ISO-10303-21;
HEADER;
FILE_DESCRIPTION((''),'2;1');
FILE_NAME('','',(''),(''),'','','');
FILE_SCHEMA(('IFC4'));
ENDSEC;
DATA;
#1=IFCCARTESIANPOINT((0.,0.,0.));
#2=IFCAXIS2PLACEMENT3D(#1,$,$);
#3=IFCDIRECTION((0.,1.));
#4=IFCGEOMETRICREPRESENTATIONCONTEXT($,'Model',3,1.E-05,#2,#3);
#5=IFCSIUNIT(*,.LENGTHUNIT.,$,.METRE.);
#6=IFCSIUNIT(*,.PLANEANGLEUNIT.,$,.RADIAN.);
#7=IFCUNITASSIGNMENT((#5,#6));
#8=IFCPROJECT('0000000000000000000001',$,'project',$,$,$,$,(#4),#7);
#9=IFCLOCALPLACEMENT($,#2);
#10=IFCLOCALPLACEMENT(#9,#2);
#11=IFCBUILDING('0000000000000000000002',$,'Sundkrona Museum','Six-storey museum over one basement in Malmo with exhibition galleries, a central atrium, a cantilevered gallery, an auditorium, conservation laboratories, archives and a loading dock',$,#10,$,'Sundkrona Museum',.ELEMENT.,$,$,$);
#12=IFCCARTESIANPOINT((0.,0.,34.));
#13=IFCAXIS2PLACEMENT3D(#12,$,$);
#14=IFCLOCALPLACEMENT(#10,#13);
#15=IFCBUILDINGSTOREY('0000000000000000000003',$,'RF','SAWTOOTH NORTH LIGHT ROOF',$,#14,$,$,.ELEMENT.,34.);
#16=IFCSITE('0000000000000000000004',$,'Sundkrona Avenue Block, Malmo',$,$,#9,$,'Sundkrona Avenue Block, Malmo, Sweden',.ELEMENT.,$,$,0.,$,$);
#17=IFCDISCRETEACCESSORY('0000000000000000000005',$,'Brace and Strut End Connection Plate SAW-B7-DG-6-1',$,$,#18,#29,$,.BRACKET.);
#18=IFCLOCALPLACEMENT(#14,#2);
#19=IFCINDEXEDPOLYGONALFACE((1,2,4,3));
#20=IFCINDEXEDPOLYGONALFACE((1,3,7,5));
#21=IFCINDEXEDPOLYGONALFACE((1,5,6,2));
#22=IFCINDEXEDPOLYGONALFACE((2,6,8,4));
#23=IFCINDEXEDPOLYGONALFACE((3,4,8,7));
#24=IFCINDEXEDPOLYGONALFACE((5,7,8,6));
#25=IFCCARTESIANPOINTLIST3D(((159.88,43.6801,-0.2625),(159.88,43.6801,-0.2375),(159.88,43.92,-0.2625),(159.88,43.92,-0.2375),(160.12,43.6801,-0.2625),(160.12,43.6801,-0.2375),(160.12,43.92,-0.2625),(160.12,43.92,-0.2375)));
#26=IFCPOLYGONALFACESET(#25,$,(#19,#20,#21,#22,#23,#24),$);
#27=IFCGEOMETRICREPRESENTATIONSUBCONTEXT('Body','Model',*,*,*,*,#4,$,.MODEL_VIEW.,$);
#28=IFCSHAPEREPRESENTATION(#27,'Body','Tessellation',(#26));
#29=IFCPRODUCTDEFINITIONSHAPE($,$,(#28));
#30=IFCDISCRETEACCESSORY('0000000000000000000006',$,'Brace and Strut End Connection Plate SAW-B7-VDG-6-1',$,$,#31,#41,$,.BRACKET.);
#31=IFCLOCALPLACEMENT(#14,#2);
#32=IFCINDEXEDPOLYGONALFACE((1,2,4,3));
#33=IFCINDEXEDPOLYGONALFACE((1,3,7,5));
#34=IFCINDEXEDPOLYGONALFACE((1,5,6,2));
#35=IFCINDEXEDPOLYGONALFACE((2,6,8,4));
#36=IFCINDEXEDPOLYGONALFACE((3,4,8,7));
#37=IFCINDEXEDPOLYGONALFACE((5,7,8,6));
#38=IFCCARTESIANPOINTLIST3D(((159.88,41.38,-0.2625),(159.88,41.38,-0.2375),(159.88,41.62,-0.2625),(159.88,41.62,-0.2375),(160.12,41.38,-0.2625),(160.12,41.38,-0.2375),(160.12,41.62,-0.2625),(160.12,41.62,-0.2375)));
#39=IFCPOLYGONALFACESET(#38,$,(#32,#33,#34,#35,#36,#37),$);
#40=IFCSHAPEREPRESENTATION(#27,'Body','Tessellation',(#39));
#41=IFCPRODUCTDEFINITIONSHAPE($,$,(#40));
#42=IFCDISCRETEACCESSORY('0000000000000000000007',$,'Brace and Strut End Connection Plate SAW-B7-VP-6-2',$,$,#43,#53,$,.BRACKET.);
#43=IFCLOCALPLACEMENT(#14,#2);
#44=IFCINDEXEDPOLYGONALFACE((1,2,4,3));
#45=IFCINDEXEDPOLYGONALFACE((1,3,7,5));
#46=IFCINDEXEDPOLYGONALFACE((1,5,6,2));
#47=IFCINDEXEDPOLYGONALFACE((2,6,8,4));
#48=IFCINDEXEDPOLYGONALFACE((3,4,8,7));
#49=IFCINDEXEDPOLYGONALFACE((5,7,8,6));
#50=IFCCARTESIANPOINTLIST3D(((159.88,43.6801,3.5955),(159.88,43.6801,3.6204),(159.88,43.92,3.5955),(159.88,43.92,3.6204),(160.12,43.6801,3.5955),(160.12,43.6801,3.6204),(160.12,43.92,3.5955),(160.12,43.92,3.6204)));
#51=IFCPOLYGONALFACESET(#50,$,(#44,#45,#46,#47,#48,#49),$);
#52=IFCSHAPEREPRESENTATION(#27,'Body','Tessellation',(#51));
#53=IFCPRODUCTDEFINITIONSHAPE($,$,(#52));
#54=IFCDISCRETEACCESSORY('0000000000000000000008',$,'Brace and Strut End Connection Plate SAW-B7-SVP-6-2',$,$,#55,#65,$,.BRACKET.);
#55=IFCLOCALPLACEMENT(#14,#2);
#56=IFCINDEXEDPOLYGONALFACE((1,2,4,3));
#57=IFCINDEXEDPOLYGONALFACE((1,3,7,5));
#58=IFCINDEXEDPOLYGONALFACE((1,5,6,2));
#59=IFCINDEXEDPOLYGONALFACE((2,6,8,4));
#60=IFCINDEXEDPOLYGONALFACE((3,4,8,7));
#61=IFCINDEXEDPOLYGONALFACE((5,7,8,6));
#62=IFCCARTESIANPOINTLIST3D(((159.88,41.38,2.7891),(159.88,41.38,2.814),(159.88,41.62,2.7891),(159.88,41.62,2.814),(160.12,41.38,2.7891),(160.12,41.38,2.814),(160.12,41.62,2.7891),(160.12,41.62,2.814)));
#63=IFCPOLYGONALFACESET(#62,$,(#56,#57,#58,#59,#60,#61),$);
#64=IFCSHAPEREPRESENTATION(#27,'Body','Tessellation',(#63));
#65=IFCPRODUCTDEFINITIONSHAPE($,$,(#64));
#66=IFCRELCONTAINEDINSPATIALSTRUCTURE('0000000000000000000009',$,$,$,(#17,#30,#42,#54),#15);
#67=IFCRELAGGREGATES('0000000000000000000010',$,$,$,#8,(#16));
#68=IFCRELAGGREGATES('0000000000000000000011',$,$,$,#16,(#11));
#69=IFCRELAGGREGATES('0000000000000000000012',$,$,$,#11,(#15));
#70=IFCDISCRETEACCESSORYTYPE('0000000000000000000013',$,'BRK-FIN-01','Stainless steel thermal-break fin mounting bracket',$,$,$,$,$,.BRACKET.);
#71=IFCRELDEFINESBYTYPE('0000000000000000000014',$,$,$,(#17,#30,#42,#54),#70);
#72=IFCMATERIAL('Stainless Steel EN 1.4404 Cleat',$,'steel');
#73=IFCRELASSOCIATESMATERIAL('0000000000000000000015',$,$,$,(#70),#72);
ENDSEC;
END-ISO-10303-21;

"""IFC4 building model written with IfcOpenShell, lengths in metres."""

from ifc_helpers import new_model, si_unit, direction, frame, origin, origin_2d, place, context, subcontext, project, spatial, rectangle, extrude, material, type_object, element, save


model = new_model("IFC4")

# Units and contexts
model_context = context("Model", 3, precision=1e-05, world=origin(), true_north=direction((0.0, 1.0)))
body_context = subcontext(model_context, "Body", "Model", "MODEL_VIEW")
ifc_project = project(units=[si_unit("LENGTHUNIT", "METRE"), si_unit("PLANEANGLEUNIT", "RADIAN")], contexts=[model_context])

# Site, building, storey
site_placement = place(None, origin())
site = spatial("IfcSite", under=ifc_project, at=site_placement, Name="Sundkrona Avenue Block, Malmo", LongName="Sundkrona Avenue Block, Malmo, Sweden", CompositionType="ELEMENT", RefElevation=0.0)
building_placement = place(site_placement, origin())
building = spatial("IfcBuilding", under=site, at=building_placement, Name="Sundkrona Museum", Description="Six-storey museum over one basement in Malmo with exhibition galleries, a central atrium, a cantilevered gallery, an auditorium, conservation laboratories, archives and a loading dock", LongName="Sundkrona Museum", CompositionType="ELEMENT")
storey_placement = place(building_placement, frame((0.0, 0.0, 34.0)))
storey = spatial("IfcBuildingStorey", under=building, at=storey_placement, Name="RF", Description="SAWTOOTH NORTH LIGHT ROOF", CompositionType="ELEMENT", Elevation=34.0)

# Discrete accessories
ifc_material_1 = material(Name="Stainless Steel EN 1.4404 Cleat", Category="steel")
discrete_accessory_type = type_object("IfcDiscreteAccessoryType", Name="BRK-FIN-01", Description="Stainless steel thermal-break fin mounting bracket", PredefinedType="BRACKET", material=ifc_material_1)
for number, where, z_axis, x_axis, name in (
    (1, (160.0, 43.8, -0.2625), (0.0, 0.0, 1.0), (1.0, 0.0, 0.0), "Brace and Strut End Connection Plate SAW-B7-DG-6-1"),
    (2, (160.0, 41.5, -0.2625), (0.0, 0.0, 1.0), (1.0, 0.0, 0.0), "Brace and Strut End Connection Plate SAW-B7-VDG-6-1"),
    (3, (160.0, 43.8, 3.5955), (0.0, 0.0, 1.0), (1.0, 0.0, 0.0), "Brace and Strut End Connection Plate SAW-B7-VP-6-2"),
    (4, (160.0, 41.5, 2.7891), (0.0, 0.0, 1.0), (1.0, 0.0, 0.0), "Brace and Strut End Connection Plate SAW-B7-SVP-6-2"),
):
    element("IfcDiscreteAccessory", number, at=place(storey_placement, frame(where, z_axis=z_axis, x_axis=x_axis)), inside=storey, type_object=discrete_accessory_type, Name=name, PredefinedType="BRACKET", context=body_context, shape_type="SweptSolid", body=[
        extrude(rectangle(XDim=0.24, YDim=0.24, at=origin_2d()), origin(), (0.0, 0.0, 1.0), 0.0249),
    ])

save(model, "model.ifc")
